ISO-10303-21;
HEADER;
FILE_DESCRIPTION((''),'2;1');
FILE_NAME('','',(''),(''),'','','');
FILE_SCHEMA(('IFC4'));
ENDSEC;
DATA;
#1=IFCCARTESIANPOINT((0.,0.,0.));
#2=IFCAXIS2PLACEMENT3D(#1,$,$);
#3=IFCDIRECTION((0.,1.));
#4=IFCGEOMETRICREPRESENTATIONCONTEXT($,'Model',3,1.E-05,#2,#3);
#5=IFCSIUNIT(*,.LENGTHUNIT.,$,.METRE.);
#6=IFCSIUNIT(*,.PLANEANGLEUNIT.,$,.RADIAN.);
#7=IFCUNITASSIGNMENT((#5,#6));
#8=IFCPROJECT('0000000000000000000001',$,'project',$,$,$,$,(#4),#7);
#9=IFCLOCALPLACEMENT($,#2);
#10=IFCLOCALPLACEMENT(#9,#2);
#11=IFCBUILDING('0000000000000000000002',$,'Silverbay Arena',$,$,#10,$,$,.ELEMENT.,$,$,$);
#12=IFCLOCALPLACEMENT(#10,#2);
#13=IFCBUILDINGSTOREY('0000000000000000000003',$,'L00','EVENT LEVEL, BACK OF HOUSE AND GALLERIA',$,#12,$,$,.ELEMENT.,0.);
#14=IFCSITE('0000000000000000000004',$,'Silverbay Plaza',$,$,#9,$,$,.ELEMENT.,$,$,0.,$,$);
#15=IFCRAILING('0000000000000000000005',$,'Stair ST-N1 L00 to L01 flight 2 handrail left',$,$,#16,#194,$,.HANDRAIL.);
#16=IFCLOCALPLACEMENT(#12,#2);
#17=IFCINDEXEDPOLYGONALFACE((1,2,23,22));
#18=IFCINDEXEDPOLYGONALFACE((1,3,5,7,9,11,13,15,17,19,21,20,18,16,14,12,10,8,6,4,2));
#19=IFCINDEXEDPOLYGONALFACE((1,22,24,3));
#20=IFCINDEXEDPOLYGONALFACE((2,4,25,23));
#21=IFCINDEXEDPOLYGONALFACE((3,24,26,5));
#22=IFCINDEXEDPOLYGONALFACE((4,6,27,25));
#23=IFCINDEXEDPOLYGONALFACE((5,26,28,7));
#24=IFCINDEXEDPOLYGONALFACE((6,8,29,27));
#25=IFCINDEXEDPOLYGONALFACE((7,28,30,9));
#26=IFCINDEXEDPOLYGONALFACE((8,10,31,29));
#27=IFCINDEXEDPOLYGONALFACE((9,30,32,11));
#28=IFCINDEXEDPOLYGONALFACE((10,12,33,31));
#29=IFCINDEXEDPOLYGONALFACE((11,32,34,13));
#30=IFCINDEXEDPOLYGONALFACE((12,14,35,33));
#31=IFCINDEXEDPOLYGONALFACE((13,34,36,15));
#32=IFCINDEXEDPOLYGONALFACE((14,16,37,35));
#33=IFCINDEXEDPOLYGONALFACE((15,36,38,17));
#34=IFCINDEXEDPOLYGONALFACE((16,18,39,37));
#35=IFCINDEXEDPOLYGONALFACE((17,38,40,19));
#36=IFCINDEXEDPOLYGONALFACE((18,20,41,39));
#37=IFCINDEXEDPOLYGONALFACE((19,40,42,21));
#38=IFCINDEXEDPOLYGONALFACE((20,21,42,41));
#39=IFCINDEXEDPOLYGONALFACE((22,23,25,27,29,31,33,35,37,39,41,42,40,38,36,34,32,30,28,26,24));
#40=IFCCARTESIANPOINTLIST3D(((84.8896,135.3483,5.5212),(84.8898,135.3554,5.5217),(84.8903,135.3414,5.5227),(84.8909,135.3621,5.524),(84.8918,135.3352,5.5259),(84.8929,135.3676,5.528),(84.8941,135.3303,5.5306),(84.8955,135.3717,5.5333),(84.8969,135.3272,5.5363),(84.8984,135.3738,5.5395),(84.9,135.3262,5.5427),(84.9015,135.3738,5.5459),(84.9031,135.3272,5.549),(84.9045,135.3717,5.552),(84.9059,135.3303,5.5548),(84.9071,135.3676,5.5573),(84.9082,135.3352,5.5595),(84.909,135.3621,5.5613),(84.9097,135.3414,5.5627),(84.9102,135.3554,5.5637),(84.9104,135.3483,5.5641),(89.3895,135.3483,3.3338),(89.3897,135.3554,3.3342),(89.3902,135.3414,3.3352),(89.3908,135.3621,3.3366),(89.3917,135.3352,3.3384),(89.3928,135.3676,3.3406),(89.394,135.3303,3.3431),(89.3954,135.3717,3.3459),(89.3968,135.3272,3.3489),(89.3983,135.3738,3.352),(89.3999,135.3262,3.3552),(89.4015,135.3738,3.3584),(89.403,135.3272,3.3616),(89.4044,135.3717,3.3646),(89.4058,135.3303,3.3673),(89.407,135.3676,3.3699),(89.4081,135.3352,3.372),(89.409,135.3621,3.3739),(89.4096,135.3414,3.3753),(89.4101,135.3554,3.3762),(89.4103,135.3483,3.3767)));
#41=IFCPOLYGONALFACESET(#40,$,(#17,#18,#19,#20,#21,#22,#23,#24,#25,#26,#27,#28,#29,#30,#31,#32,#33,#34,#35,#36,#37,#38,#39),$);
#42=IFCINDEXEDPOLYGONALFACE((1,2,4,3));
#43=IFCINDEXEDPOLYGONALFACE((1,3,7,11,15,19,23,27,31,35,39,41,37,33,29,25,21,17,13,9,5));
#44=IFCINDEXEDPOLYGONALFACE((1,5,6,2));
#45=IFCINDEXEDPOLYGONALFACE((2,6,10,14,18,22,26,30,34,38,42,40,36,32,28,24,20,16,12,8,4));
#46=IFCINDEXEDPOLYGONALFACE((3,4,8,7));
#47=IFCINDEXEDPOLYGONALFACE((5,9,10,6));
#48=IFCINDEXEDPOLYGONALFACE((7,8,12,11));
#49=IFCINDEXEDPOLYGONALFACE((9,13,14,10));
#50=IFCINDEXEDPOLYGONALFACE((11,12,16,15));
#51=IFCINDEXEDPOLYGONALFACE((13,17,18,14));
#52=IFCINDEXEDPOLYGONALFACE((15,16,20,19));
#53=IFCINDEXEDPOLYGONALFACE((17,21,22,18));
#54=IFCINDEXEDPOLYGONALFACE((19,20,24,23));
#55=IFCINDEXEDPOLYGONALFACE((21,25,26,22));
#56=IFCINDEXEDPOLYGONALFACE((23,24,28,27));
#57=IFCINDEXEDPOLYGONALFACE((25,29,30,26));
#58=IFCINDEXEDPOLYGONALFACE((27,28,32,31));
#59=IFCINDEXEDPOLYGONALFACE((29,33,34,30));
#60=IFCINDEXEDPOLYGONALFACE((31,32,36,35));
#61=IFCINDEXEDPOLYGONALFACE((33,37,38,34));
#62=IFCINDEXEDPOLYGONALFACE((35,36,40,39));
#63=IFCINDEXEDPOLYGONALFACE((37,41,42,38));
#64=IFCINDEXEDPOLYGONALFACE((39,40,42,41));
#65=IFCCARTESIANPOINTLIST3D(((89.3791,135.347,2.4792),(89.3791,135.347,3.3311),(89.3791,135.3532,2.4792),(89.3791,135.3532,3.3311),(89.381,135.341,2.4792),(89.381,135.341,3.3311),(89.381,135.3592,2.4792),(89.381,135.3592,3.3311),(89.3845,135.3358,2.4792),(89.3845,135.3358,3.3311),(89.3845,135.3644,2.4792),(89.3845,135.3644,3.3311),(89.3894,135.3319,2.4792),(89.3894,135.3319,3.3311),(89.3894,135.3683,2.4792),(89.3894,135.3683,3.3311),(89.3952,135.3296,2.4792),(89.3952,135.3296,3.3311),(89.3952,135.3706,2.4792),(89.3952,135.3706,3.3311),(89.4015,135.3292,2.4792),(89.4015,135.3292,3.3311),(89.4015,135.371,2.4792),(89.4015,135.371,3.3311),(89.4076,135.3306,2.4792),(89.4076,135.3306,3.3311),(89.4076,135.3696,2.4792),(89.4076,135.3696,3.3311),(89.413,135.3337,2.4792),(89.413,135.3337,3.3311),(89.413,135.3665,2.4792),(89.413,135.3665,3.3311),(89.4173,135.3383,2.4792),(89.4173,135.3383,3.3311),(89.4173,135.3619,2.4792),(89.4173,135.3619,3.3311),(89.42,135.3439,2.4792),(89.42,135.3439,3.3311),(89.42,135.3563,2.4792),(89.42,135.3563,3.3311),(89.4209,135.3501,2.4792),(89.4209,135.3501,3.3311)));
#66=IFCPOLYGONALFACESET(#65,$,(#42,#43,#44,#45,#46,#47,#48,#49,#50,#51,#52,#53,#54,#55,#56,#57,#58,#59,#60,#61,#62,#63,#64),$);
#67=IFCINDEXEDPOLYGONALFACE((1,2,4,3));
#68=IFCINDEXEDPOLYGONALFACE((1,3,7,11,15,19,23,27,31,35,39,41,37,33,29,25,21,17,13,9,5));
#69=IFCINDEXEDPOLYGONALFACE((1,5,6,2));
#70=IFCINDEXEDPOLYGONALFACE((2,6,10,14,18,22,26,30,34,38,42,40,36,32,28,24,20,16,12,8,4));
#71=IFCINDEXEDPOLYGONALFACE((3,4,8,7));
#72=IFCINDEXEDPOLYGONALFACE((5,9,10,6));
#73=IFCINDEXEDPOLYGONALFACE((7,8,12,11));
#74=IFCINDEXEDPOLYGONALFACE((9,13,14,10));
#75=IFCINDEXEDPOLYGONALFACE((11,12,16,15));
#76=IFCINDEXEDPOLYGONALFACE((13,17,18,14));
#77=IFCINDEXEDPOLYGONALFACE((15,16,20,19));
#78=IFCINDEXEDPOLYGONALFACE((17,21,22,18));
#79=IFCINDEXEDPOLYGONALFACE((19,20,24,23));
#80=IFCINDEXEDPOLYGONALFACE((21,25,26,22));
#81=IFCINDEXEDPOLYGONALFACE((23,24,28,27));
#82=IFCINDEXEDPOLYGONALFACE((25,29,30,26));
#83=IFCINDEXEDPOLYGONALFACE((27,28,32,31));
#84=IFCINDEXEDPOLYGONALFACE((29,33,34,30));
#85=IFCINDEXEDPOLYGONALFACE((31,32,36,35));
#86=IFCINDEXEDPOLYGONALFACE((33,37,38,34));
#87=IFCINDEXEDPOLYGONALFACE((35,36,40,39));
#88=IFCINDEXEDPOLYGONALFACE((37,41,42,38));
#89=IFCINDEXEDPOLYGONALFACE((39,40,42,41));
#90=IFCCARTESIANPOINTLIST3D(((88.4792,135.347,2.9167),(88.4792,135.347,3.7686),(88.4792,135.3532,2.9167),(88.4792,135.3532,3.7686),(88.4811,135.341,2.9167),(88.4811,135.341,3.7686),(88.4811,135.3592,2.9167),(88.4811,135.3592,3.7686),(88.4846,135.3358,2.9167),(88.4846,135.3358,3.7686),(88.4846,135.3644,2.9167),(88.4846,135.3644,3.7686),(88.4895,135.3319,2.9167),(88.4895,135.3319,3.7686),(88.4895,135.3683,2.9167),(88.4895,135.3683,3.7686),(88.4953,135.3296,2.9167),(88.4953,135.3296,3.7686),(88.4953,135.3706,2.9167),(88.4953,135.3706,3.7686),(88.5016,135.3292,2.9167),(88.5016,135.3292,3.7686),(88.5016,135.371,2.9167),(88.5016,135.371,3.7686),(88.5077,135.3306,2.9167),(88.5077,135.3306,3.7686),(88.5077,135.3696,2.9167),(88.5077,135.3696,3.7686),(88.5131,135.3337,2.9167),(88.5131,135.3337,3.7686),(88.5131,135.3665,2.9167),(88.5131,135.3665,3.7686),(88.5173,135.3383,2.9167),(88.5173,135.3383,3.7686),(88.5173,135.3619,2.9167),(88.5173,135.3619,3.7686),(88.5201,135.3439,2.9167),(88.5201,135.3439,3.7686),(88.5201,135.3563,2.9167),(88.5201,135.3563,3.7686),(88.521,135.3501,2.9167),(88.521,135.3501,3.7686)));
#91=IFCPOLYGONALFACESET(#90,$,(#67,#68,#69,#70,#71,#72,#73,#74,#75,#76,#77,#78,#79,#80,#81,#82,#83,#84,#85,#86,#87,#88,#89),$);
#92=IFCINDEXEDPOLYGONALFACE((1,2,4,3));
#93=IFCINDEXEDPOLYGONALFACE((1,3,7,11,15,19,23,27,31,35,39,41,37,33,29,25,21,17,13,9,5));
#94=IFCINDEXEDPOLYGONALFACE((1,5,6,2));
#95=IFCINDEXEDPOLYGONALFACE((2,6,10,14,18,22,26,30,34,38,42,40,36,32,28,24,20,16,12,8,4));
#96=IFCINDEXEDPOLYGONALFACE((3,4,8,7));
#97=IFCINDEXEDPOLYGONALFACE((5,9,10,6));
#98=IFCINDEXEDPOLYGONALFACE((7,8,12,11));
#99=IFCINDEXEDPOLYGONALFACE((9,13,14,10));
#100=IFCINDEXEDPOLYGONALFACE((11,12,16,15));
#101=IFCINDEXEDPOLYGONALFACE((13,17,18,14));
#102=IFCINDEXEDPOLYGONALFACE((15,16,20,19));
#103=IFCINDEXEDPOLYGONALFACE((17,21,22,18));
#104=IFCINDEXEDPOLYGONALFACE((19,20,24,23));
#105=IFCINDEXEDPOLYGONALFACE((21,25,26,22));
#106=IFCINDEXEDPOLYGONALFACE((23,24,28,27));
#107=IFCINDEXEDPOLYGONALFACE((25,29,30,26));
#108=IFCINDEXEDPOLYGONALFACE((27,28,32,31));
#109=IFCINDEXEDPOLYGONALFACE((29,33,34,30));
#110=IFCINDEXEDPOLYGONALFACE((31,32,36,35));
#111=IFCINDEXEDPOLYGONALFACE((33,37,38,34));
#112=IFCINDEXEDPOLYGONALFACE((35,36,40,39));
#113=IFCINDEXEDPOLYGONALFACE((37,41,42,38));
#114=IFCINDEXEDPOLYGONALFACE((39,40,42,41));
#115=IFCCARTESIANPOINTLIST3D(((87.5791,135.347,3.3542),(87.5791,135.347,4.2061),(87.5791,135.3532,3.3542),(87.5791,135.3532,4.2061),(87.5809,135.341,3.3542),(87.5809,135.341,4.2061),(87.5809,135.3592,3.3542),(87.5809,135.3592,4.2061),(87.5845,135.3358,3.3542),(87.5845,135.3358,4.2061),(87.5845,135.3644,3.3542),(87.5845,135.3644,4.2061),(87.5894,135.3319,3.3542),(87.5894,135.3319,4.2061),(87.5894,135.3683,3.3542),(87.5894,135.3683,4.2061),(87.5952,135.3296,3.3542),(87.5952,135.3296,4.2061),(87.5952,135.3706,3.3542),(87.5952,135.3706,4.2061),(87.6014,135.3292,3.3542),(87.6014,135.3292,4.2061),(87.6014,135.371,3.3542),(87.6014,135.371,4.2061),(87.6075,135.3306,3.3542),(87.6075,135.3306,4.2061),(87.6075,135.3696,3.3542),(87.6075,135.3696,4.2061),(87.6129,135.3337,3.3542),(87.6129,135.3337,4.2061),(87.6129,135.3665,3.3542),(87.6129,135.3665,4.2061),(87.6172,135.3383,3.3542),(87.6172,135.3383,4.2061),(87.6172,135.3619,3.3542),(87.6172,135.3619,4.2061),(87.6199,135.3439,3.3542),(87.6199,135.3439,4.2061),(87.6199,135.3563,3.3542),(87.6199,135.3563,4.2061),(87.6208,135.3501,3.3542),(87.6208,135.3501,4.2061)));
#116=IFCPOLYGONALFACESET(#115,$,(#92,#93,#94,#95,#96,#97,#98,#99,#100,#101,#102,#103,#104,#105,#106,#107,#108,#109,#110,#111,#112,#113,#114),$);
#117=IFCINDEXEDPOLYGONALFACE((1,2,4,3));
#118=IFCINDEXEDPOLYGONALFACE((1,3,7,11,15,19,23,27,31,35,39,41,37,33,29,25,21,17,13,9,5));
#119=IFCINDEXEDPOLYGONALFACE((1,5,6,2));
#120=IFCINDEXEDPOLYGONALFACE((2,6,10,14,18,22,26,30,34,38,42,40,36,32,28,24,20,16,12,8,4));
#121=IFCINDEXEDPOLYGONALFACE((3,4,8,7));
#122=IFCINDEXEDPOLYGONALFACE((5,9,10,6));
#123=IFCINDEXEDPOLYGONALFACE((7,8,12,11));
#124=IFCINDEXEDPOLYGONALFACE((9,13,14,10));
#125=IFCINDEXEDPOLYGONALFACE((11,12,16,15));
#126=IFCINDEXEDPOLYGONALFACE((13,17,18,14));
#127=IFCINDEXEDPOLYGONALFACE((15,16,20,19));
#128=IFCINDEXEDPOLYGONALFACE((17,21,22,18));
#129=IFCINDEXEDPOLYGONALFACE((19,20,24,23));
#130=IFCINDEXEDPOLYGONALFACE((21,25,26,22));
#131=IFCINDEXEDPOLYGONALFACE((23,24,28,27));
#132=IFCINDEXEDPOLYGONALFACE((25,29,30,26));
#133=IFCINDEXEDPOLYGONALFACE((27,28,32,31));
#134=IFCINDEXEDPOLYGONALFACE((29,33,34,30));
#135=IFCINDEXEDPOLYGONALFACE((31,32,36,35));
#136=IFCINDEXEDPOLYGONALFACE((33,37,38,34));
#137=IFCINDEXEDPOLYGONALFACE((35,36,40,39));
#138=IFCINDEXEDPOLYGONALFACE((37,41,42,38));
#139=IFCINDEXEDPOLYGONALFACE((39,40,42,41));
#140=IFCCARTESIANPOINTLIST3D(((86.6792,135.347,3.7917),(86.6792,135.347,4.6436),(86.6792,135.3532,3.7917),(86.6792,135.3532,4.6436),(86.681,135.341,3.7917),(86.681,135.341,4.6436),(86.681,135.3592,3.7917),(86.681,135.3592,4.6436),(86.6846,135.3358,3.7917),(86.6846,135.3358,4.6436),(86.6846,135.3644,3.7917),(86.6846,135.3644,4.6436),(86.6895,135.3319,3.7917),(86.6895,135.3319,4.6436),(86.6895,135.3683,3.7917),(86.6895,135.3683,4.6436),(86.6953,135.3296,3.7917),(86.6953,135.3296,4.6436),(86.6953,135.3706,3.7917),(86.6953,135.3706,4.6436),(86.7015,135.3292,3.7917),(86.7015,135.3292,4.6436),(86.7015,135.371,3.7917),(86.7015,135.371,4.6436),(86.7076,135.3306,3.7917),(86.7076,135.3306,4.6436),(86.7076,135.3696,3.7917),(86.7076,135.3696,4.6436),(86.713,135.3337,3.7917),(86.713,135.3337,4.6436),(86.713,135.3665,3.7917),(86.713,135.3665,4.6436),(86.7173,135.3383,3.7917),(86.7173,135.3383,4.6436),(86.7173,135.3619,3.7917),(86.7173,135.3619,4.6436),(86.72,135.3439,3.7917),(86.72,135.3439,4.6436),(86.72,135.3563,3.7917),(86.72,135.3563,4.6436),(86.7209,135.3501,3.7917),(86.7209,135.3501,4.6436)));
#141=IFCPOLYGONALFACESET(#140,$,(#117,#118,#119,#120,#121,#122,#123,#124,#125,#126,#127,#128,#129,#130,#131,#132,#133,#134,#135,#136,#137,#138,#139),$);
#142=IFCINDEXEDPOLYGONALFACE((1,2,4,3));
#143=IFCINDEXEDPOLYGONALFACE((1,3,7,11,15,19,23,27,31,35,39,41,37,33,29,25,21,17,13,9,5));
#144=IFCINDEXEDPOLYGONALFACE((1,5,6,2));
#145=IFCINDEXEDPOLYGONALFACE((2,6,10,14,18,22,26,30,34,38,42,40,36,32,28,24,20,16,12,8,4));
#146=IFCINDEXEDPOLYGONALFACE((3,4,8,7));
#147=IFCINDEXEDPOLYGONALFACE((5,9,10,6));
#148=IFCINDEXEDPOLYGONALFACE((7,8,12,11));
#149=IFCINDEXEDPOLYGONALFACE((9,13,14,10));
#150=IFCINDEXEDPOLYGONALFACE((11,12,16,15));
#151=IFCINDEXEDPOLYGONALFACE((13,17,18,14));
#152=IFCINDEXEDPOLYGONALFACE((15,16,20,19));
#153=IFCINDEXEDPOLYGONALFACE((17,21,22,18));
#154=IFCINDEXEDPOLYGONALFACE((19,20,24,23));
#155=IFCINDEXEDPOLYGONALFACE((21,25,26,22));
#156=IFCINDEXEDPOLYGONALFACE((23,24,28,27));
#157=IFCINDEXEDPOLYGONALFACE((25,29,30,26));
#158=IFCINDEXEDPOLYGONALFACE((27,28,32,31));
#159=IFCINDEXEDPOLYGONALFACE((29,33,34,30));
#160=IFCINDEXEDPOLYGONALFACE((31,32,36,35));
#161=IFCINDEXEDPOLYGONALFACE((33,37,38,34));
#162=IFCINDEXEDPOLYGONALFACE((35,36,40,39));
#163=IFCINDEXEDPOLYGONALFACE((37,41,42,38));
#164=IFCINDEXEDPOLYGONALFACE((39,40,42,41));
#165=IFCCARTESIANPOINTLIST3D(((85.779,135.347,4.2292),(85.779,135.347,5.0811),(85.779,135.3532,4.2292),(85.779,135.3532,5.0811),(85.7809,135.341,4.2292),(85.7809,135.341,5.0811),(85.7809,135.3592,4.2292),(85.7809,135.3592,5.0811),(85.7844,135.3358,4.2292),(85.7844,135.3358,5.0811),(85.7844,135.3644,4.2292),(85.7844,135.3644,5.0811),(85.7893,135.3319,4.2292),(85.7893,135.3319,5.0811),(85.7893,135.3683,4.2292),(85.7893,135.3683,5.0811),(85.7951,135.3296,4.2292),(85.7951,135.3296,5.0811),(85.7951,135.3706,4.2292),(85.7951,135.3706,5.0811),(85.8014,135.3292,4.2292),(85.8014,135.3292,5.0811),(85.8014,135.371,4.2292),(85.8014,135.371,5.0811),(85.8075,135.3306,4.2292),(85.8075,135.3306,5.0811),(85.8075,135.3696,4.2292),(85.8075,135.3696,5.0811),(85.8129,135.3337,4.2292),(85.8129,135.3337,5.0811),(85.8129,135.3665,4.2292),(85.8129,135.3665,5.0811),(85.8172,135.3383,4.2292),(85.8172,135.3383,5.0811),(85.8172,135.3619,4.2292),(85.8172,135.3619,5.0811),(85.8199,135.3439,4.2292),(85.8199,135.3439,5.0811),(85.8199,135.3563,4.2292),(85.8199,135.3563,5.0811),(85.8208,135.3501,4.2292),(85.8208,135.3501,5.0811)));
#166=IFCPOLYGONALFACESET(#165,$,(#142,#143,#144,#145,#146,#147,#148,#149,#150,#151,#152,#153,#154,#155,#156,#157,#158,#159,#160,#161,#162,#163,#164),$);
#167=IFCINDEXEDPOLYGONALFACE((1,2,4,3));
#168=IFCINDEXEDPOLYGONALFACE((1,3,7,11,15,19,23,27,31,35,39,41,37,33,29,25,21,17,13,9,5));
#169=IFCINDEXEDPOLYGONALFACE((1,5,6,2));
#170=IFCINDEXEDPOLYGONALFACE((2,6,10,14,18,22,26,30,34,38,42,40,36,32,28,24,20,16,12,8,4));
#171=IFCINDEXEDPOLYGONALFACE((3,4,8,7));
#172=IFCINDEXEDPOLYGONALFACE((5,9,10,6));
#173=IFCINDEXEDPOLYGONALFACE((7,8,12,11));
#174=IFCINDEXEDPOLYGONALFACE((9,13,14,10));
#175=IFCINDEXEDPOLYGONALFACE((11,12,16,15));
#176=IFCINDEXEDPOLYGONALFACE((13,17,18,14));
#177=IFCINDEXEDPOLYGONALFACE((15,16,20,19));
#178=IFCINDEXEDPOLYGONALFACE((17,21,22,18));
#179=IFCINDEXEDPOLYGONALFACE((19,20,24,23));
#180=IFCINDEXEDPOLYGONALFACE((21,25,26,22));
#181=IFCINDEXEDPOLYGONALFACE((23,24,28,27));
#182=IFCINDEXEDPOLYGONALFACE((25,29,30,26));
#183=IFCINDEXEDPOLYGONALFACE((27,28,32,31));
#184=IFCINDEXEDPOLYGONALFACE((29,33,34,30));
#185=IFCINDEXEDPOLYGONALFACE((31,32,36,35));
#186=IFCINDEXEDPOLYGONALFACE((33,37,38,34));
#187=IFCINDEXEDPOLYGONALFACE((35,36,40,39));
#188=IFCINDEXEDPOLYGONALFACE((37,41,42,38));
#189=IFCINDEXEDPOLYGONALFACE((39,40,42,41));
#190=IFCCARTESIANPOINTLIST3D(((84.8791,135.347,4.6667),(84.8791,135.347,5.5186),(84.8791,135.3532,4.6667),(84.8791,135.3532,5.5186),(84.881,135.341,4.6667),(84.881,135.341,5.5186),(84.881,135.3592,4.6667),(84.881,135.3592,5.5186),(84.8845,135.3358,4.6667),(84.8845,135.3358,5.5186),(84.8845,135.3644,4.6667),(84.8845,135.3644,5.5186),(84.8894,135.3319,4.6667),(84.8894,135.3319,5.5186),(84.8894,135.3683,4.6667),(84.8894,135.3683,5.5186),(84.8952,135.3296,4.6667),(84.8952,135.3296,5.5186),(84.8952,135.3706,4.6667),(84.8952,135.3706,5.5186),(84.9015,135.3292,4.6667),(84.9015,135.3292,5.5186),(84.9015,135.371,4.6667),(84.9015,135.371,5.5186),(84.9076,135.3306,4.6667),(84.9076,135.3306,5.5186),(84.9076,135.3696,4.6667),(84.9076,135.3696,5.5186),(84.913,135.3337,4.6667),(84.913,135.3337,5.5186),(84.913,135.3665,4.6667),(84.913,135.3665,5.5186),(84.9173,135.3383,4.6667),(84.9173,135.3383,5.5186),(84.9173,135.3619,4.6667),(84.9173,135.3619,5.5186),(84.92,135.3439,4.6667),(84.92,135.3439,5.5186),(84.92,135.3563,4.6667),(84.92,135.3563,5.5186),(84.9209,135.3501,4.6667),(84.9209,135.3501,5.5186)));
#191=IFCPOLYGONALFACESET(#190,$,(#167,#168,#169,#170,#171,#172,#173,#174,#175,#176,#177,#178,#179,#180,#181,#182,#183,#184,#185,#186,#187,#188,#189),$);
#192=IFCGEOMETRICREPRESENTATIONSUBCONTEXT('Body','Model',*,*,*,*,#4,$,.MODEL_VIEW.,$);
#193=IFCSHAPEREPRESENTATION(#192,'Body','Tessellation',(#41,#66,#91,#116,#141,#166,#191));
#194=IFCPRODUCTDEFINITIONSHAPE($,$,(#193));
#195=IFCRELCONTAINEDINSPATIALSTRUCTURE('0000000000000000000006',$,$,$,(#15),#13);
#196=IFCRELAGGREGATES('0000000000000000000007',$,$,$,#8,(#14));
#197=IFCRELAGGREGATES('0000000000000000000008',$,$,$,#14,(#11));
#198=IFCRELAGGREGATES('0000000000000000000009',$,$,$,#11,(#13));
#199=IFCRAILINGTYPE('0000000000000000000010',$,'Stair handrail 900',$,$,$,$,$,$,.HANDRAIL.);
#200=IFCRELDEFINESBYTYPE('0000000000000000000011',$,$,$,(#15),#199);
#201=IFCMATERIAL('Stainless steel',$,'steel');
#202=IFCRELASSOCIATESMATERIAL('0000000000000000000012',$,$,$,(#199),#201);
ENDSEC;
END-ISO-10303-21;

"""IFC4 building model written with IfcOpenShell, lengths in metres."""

from ifc_helpers import new_model, si_unit, direction, frame, origin, origin_2d, place, context, subcontext, project, spatial, circle, extrude, material, type_object, element, save


model = new_model("IFC4")

# Units and contexts
model_context = context("Model", 3, precision=1e-05, world=origin(), true_north=direction((0.0, 1.0)))
body_context = subcontext(model_context, "Body", "Model", "MODEL_VIEW")
ifc_project = project(units=[si_unit("LENGTHUNIT", "METRE"), si_unit("PLANEANGLEUNIT", "RADIAN")], contexts=[model_context])

# Site, building, storey
site_placement = place(None, origin())
site = spatial("IfcSite", under=ifc_project, at=site_placement, Name="Silverbay Plaza", CompositionType="ELEMENT", RefElevation=0.0)
building_placement = place(site_placement, origin())
building = spatial("IfcBuilding", under=site, at=building_placement, Name="Silverbay Arena", CompositionType="ELEMENT")
storey_placement = place(building_placement, origin())
storey = spatial("IfcBuildingStorey", under=building, at=storey_placement, Name="L00", Description="EVENT LEVEL, BACK OF HOUSE AND GALLERIA", CompositionType="ELEMENT", Elevation=0.0)

# Railing
ifc_material_1 = material(Name="Stainless steel", Category="steel")
railing_type_1 = type_object("IfcRailingType", Name="Stair handrail 900", PredefinedType="HANDRAIL", material=ifc_material_1)
for number, where, name in (
    (1, (89.3999, 135.3501, 2.4792), "Stair ST-N1 L00 to L01 flight 2 handrail left"),
):
    element("IfcRailing", number, at=place(storey_placement, frame(where)), inside=storey, type_object=railing_type_1, Name=name, PredefinedType="HANDRAIL", context=body_context, shape_type="SweptSolid", body=[
        extrude(circle(Radius=0.0239, at=origin_2d()), frame((0.0, 0.0, 0.876), z_axis=(-0.899368, 0.0, 0.437193), x_axis=(0.0, -1.0, 0.0)), (0.0, 0.0, 1.0), 5.0034),
        extrude(circle(Radius=0.021, at=origin_2d()), origin(), (0.0, 0.0, 1.0), 0.8518),
        extrude(circle(Radius=0.021, at=origin_2d()), frame((-0.8999, 0.0, 0.4375)), (0.0, 0.0, 1.0), 0.8518),
        extrude(circle(Radius=0.021, at=origin_2d()), frame((-1.8, 0.0, 0.875)), (0.0, 0.0, 1.0), 0.8518),
        extrude(circle(Radius=0.021, at=origin_2d()), frame((-2.7, 0.0, 1.3125)), (0.0, 0.0, 1.0), 0.8518),
        extrude(circle(Radius=0.021, at=origin_2d()), frame((-3.6001, 0.0, 1.75)), (0.0, 0.0, 1.0), 0.8518),
        extrude(circle(Radius=0.021, at=origin_2d()), frame((-4.5, 0.0, 2.1875)), (0.0, 0.0, 1.0), 0.8518),
    ])

save(model, "model.ifc")
